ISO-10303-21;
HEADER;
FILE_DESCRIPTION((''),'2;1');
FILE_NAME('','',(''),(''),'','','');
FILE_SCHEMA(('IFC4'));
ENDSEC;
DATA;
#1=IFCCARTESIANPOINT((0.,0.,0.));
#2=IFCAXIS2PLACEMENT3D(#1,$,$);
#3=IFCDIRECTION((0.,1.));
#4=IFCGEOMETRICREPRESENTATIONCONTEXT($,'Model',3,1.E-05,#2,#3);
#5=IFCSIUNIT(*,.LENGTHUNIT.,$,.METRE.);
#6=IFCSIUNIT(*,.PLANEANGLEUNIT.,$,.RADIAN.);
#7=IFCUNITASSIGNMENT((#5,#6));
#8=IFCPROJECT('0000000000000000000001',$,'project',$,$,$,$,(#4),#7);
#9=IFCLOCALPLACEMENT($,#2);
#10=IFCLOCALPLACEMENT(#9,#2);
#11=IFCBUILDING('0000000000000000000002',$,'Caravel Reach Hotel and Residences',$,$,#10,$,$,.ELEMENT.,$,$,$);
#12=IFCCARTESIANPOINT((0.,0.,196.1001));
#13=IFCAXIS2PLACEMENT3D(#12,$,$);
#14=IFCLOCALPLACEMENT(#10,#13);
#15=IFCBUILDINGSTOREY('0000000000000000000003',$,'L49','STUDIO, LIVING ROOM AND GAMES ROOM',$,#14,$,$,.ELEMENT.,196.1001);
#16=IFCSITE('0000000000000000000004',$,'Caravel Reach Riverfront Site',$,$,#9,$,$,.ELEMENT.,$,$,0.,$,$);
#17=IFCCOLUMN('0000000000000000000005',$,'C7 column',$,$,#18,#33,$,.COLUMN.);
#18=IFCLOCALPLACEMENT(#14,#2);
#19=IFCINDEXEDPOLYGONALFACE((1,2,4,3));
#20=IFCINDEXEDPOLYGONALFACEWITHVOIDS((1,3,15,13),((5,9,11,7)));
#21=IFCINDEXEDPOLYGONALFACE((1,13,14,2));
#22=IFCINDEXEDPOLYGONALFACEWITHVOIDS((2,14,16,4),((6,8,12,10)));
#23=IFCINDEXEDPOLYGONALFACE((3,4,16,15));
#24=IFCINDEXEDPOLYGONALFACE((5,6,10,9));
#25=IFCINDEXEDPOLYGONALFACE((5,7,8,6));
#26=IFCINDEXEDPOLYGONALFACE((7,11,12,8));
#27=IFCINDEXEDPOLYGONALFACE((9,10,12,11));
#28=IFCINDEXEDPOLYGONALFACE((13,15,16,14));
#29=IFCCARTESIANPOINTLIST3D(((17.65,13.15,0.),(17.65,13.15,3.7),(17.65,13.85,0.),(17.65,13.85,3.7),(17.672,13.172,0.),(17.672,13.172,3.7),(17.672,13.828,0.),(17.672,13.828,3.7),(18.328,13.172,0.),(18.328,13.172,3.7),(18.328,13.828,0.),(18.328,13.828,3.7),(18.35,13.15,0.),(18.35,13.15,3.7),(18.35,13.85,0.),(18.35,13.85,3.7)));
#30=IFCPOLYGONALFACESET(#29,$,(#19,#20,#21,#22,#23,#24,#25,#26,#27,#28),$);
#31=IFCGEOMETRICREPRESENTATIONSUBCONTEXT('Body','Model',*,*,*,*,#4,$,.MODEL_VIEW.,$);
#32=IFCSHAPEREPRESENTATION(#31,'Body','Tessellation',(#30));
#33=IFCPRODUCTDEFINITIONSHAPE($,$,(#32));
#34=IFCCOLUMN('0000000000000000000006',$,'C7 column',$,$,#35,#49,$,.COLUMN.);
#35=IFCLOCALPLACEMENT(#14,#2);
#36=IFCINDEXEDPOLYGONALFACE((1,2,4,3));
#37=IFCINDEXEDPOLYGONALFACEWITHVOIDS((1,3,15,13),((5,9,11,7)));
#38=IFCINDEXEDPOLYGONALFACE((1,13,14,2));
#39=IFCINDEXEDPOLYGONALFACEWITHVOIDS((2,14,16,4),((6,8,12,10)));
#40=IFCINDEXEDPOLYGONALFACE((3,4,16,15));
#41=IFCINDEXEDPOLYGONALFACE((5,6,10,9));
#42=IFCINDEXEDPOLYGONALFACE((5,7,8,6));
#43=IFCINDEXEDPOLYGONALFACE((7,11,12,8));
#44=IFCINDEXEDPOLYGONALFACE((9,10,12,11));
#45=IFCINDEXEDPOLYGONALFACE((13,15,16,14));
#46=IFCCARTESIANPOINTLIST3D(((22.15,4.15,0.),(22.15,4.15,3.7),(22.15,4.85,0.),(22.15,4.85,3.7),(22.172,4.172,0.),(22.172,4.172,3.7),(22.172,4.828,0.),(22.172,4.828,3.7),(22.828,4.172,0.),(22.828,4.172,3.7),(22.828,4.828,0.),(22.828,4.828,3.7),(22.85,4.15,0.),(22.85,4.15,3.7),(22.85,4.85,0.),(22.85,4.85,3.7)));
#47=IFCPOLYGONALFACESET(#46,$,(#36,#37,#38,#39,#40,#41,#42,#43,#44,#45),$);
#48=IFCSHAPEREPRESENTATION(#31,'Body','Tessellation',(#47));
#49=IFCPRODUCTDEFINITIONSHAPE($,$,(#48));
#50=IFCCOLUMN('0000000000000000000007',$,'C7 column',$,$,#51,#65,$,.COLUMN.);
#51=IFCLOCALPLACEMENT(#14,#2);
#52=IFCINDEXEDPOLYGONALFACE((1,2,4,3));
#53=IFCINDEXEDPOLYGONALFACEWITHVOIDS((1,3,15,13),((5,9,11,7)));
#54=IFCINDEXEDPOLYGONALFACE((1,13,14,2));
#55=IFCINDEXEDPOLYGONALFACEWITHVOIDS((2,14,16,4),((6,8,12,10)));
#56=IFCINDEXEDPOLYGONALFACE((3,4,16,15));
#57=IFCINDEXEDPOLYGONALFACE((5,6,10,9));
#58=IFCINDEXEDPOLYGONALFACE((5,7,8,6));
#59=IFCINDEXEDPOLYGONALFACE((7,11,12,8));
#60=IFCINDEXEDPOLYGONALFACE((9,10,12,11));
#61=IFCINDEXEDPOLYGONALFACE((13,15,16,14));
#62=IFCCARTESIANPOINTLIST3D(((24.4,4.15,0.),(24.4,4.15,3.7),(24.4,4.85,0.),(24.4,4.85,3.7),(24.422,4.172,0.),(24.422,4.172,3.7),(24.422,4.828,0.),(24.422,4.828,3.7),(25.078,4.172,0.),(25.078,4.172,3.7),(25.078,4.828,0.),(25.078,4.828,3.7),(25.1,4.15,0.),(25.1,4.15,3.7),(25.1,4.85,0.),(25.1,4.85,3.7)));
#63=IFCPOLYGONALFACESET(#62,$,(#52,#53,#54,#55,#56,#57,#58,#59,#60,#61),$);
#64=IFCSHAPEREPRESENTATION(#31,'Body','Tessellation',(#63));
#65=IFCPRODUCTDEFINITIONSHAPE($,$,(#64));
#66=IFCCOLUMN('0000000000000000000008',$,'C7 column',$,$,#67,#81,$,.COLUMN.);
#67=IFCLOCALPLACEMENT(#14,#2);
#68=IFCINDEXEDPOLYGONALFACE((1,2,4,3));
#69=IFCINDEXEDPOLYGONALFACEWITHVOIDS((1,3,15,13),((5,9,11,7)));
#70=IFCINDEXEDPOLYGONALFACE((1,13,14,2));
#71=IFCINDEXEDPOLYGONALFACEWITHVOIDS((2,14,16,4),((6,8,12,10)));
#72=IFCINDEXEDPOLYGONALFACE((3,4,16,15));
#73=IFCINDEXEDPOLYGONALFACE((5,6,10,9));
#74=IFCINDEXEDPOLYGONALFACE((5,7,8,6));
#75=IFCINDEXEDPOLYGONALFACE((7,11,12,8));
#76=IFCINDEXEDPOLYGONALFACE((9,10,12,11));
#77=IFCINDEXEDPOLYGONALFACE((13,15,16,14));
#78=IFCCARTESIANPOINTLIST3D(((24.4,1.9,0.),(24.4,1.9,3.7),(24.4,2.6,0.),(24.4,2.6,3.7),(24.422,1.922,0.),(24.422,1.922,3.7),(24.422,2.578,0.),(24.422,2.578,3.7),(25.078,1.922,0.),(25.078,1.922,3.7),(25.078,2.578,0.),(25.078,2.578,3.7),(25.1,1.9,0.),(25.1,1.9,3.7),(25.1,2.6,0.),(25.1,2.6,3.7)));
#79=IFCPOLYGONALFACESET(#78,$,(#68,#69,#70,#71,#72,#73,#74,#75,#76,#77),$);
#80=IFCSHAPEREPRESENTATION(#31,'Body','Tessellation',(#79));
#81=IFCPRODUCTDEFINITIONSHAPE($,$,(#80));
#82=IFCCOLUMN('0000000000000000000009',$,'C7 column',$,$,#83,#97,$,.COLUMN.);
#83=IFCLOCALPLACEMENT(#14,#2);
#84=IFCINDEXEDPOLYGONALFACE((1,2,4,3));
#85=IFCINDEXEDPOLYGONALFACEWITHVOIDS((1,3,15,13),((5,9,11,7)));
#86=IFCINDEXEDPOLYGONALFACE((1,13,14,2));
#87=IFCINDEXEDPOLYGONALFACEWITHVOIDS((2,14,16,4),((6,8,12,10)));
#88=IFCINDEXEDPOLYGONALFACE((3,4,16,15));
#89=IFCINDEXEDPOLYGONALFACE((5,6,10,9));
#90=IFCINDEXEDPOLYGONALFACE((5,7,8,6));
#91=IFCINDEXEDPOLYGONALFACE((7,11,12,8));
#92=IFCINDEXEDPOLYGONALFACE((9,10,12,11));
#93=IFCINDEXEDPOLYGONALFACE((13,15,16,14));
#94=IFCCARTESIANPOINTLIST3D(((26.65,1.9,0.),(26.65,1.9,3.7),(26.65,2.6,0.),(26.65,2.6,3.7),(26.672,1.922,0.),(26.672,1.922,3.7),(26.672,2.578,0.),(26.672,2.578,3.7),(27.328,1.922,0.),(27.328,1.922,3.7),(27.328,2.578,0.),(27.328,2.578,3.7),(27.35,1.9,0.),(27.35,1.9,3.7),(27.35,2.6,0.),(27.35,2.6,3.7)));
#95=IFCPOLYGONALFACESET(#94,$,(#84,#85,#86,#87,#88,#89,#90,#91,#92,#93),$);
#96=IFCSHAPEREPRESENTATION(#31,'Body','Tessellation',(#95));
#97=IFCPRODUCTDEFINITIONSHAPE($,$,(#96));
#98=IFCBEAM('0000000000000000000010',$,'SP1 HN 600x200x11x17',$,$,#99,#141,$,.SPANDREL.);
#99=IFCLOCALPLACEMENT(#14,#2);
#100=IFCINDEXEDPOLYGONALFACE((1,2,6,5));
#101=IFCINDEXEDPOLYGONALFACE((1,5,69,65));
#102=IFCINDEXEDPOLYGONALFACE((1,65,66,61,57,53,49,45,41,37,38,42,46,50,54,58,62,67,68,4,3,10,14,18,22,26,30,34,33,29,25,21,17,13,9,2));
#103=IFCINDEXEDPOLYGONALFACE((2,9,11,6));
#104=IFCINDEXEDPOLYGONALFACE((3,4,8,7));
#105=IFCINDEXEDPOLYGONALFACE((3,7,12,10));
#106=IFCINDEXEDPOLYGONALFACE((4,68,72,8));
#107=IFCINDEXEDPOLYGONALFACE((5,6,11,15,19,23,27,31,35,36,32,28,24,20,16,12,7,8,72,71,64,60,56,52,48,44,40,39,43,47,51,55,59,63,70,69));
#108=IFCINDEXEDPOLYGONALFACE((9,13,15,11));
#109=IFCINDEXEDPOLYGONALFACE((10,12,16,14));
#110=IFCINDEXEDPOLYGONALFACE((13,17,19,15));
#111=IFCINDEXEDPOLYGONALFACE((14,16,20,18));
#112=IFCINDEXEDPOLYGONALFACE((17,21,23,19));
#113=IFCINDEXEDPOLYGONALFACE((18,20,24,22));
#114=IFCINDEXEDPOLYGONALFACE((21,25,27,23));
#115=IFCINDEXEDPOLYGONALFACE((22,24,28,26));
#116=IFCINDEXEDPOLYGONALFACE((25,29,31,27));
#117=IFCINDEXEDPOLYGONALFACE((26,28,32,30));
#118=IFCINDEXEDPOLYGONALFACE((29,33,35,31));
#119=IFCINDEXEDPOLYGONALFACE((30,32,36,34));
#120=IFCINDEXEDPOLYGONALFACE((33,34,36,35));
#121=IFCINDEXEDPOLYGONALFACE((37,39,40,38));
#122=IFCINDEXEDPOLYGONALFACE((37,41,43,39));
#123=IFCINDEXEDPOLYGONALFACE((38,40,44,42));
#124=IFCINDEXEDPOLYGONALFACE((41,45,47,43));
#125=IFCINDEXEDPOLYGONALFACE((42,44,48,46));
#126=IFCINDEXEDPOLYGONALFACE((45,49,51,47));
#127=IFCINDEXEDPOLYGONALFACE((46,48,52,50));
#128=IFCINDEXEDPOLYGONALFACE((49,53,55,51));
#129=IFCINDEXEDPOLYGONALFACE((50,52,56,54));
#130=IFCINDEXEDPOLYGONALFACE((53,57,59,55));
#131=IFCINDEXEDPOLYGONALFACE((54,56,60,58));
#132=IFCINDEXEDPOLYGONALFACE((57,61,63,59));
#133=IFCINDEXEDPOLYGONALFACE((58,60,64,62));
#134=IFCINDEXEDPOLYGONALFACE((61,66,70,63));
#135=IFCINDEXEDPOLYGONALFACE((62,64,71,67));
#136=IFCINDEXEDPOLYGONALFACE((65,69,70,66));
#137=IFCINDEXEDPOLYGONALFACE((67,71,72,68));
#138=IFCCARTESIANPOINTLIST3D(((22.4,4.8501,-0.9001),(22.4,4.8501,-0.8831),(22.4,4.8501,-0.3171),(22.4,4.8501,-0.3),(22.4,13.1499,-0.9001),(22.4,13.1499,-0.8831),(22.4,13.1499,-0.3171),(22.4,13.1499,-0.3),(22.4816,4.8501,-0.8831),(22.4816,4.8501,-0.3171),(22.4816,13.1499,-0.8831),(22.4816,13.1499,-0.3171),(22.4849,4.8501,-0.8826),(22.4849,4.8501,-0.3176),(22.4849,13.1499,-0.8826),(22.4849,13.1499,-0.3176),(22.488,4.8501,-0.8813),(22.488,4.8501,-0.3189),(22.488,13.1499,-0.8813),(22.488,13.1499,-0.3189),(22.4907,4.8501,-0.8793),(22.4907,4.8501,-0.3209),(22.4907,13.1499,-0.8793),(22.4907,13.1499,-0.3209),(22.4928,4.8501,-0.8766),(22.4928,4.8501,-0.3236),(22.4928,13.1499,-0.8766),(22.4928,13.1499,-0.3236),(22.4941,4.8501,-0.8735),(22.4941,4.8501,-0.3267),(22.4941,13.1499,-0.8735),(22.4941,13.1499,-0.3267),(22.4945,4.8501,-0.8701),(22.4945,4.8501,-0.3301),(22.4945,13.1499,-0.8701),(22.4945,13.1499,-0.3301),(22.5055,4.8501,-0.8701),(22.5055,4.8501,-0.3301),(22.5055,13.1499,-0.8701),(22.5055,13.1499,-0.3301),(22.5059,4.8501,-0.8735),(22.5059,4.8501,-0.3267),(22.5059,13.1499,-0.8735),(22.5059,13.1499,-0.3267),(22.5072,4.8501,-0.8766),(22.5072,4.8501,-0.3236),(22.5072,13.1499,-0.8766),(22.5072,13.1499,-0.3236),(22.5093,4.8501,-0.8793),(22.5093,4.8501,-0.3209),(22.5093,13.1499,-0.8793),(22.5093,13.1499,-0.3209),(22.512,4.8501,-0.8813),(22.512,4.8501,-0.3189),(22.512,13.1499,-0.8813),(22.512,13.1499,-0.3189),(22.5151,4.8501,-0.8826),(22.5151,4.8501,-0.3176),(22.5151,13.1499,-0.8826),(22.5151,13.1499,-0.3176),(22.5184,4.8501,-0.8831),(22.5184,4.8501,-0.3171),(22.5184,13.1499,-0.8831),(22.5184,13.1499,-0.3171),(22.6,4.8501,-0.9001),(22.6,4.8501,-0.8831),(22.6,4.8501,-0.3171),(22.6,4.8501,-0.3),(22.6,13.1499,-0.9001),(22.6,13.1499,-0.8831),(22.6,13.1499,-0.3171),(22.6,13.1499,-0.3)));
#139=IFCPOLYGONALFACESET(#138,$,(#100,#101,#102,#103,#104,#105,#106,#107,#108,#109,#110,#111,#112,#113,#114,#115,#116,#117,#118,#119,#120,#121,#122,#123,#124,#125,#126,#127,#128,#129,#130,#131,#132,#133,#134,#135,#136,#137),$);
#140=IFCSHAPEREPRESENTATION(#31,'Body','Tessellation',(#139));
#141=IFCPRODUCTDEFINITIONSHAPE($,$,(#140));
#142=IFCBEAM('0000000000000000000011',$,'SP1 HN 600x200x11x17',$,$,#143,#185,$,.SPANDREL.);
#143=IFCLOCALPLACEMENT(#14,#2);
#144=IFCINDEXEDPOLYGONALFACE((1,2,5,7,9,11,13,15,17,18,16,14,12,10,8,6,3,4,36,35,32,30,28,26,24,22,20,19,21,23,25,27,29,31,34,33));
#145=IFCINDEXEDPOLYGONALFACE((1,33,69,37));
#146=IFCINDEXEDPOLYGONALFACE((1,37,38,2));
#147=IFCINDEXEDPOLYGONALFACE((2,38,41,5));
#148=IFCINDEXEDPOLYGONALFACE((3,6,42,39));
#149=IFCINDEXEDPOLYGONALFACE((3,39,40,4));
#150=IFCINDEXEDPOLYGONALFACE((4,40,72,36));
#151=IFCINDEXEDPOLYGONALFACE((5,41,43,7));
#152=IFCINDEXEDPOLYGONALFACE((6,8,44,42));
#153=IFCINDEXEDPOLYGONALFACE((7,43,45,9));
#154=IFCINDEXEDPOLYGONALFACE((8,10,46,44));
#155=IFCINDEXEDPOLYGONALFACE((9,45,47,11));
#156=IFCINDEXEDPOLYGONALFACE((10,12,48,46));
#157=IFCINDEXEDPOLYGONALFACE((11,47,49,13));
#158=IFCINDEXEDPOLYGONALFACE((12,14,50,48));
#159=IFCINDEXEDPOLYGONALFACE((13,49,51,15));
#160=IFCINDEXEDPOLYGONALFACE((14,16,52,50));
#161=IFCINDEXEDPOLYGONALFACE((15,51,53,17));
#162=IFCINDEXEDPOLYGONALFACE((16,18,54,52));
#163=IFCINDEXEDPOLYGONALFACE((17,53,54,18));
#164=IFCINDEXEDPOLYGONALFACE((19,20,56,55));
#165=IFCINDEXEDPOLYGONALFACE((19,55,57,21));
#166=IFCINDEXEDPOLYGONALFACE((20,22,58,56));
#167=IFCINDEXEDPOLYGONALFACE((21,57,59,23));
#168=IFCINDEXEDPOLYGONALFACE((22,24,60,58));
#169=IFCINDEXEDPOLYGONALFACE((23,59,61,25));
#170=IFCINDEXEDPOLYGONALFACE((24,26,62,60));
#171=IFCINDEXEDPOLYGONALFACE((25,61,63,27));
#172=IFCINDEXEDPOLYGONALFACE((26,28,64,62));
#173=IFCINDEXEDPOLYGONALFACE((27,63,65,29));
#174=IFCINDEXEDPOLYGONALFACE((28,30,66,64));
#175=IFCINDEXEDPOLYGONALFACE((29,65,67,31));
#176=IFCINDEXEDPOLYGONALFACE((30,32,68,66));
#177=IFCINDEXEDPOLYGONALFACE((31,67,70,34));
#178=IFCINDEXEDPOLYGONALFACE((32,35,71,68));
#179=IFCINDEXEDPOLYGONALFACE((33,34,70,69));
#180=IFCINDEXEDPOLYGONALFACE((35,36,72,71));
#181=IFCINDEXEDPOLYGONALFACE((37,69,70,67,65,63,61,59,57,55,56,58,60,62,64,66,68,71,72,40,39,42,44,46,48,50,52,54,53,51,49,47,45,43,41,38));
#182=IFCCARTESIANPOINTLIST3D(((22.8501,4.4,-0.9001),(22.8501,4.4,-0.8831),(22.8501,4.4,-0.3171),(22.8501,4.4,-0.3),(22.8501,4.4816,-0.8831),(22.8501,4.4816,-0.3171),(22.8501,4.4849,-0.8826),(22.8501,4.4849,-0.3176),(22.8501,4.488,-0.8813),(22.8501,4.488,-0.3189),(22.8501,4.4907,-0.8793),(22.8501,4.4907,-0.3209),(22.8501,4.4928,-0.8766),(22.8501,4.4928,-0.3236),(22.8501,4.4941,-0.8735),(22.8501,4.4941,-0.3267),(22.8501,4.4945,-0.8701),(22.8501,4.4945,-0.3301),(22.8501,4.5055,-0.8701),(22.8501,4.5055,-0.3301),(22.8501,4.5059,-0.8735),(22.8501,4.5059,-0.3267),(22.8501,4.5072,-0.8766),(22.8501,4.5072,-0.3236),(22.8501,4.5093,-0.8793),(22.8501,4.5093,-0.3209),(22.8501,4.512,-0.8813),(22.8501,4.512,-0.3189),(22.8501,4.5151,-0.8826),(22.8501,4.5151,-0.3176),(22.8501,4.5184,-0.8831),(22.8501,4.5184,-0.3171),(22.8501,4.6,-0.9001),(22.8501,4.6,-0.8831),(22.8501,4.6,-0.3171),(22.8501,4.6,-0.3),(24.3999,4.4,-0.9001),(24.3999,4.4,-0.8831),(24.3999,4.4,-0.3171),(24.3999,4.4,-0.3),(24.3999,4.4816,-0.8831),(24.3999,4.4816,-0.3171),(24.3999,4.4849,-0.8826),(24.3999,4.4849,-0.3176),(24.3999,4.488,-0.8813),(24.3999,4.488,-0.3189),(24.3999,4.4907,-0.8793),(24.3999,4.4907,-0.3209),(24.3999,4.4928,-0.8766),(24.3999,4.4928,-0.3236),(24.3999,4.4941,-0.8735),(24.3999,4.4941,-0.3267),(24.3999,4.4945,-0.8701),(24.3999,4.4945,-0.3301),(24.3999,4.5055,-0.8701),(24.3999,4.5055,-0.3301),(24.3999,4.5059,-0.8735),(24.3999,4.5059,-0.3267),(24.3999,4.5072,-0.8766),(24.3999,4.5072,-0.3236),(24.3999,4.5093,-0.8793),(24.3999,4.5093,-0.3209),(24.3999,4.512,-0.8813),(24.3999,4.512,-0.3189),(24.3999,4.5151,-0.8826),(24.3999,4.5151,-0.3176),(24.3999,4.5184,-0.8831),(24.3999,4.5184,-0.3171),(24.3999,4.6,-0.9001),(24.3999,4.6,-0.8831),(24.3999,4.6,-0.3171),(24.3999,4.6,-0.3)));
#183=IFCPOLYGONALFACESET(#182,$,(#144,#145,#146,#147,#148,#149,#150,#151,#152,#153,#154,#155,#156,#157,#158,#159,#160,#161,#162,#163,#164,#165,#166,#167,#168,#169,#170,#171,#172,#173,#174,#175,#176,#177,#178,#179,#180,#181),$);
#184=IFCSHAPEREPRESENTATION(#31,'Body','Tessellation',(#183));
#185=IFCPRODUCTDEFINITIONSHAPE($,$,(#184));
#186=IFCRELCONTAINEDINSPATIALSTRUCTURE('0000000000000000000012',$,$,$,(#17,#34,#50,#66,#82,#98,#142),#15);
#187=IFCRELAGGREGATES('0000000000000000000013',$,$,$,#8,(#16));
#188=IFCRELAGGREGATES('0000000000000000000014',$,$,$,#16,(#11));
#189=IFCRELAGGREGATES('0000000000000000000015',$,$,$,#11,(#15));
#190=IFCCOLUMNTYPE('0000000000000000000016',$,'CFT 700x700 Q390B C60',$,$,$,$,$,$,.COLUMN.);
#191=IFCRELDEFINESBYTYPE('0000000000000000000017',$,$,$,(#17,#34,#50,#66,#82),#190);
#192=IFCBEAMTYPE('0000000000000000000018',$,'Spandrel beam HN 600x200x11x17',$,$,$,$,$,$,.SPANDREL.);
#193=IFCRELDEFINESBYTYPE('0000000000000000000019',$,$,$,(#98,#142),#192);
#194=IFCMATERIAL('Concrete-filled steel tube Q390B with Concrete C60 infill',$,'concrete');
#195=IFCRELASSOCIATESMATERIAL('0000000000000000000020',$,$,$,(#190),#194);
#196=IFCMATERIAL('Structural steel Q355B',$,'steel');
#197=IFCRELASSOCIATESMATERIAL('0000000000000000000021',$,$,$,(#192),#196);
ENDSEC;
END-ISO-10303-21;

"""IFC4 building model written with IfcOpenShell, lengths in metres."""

from ifc_helpers import new_model, si_unit, direction, frame, origin, origin_2d, place, context, subcontext, project, spatial, hollow_rectangle, i_section, extrude, material, material_profile, profile_set, type_object, element, save


model = new_model("IFC4")

# Units and contexts
model_context = context("Model", 3, precision=1e-05, world=origin(), true_north=direction((0.0, 1.0)))
body_context = subcontext(model_context, "Body", "Model", "MODEL_VIEW")
ifc_project = project(units=[si_unit("LENGTHUNIT", "METRE"), si_unit("PLANEANGLEUNIT", "RADIAN")], contexts=[model_context])

# Site, building, storey
site_placement = place(None, origin())
site = spatial("IfcSite", under=ifc_project, at=site_placement, Name="Caravel Reach Riverfront Site", CompositionType="ELEMENT", RefElevation=0.0)
building_placement = place(site_placement, origin())
building = spatial("IfcBuilding", under=site, at=building_placement, Name="Caravel Reach Hotel and Residences", CompositionType="ELEMENT")
storey_placement = place(building_placement, frame((0.0, 0.0, 196.1001)))
storey = spatial("IfcBuildingStorey", under=building, at=storey_placement, Name="L49", Description="STUDIO, LIVING ROOM AND GAMES ROOM", CompositionType="ELEMENT", Elevation=196.1001)

# Columns
ifc_material_1 = material(Name="Concrete-filled steel tube Q390B with Concrete C60 infill", Category="concrete")
ifc_material_profile_1 = material_profile(ifc_material_1, hollow_rectangle(XDim=0.7, YDim=0.7, WallThickness=0.022, at=origin_2d()), Name="RHS 700x700x22")
ifc_profile_set_1 = profile_set([ifc_material_profile_1], Name="Concrete-filled steel tube Q390B with Concrete C60 infill")
column_type = type_object("IfcColumnType", Name="CFT 700x700 Q390B C60", PredefinedType="COLUMN", material=ifc_profile_set_1)
for number, where, z_axis, x_axis, name in (
    (1, (18.0, 13.5, 0.0), (0.0, 0.0, 1.0), (1.0, 0.0, 0.0), "C7 column"),
    (2, (22.5, 4.5, 0.0), (0.0, 0.0, 1.0), (1.0, 0.0, 0.0), "C7 column"),
    (3, (24.75, 4.5, 0.0), (0.0, 0.0, 1.0), (1.0, 0.0, 0.0), "C7 column"),
    (4, (24.75, 2.25, 0.0), (0.0, 0.0, 1.0), (1.0, 0.0, 0.0), "C7 column"),
    (5, (27.0, 2.25, 0.0), (0.0, 0.0, 1.0), (1.0, 0.0, 0.0), "C7 column"),
):
    element("IfcColumn", number, at=place(storey_placement, frame(where, z_axis=z_axis, x_axis=x_axis)), inside=storey, type_object=column_type, Name=name, PredefinedType="COLUMN", context=body_context, shape_type="SweptSolid", body=[
        extrude(hollow_rectangle(XDim=0.7, YDim=0.7, WallThickness=0.022, at=origin_2d()), origin(), (0.0, 0.0, 1.0), 3.7),
    ])

# Beams
ifc_material_2 = material(Name="Structural steel Q355B", Category="steel")
ifc_material_profile_2 = material_profile(ifc_material_2, i_section(OverallWidth=0.2, OverallDepth=0.6001, WebThickness=0.011, FlangeThickness=0.0171, FilletRadius=0.0129, at=origin_2d()), Name="HN 600x200x11x17")
ifc_profile_set_2 = profile_set([ifc_material_profile_2], Name="Structural steel Q355B")
beam_type = type_object("IfcBeamType", Name="Spandrel beam HN 600x200x11x17", PredefinedType="SPANDREL", material=ifc_profile_set_2)
beam_placement = place(storey_placement, frame((22.5, 13.1499, -0.6001), z_axis=(0.0, -1.0, 0.0), x_axis=(1.0, 0.0, 0.0)))
element("IfcBeam", 6, at=beam_placement, inside=storey, type_object=beam_type, Name="SP1 HN 600x200x11x17", PredefinedType="SPANDREL", context=body_context, shape_type="SweptSolid", body=[
    extrude(i_section(OverallWidth=0.2, OverallDepth=0.6001, WebThickness=0.011, FlangeThickness=0.0171, FilletRadius=0.0129, at=origin_2d()), origin(), (0.0, 0.0, 1.0), 8.2998),
])
for number, where, z_axis, x_axis, name in (
    (7, (22.8501, 4.5, -0.6001), (1.0, 0.0, 0.0), (0.0, 1.0, 0.0), "SP1 HN 600x200x11x17"),
):
    element("IfcBeam", number, at=place(storey_placement, frame(where, z_axis=z_axis, x_axis=x_axis)), inside=storey, type_object=beam_type, Name=name, PredefinedType="SPANDREL", context=body_context, shape_type="SweptSolid", body=[
        extrude(i_section(OverallWidth=0.2, OverallDepth=0.6001, WebThickness=0.011, FlangeThickness=0.0171, FilletRadius=0.0129, at=origin_2d()), origin(), (0.0, 0.0, 1.0), 1.5498),
    ])

save(model, "model.ifc")
